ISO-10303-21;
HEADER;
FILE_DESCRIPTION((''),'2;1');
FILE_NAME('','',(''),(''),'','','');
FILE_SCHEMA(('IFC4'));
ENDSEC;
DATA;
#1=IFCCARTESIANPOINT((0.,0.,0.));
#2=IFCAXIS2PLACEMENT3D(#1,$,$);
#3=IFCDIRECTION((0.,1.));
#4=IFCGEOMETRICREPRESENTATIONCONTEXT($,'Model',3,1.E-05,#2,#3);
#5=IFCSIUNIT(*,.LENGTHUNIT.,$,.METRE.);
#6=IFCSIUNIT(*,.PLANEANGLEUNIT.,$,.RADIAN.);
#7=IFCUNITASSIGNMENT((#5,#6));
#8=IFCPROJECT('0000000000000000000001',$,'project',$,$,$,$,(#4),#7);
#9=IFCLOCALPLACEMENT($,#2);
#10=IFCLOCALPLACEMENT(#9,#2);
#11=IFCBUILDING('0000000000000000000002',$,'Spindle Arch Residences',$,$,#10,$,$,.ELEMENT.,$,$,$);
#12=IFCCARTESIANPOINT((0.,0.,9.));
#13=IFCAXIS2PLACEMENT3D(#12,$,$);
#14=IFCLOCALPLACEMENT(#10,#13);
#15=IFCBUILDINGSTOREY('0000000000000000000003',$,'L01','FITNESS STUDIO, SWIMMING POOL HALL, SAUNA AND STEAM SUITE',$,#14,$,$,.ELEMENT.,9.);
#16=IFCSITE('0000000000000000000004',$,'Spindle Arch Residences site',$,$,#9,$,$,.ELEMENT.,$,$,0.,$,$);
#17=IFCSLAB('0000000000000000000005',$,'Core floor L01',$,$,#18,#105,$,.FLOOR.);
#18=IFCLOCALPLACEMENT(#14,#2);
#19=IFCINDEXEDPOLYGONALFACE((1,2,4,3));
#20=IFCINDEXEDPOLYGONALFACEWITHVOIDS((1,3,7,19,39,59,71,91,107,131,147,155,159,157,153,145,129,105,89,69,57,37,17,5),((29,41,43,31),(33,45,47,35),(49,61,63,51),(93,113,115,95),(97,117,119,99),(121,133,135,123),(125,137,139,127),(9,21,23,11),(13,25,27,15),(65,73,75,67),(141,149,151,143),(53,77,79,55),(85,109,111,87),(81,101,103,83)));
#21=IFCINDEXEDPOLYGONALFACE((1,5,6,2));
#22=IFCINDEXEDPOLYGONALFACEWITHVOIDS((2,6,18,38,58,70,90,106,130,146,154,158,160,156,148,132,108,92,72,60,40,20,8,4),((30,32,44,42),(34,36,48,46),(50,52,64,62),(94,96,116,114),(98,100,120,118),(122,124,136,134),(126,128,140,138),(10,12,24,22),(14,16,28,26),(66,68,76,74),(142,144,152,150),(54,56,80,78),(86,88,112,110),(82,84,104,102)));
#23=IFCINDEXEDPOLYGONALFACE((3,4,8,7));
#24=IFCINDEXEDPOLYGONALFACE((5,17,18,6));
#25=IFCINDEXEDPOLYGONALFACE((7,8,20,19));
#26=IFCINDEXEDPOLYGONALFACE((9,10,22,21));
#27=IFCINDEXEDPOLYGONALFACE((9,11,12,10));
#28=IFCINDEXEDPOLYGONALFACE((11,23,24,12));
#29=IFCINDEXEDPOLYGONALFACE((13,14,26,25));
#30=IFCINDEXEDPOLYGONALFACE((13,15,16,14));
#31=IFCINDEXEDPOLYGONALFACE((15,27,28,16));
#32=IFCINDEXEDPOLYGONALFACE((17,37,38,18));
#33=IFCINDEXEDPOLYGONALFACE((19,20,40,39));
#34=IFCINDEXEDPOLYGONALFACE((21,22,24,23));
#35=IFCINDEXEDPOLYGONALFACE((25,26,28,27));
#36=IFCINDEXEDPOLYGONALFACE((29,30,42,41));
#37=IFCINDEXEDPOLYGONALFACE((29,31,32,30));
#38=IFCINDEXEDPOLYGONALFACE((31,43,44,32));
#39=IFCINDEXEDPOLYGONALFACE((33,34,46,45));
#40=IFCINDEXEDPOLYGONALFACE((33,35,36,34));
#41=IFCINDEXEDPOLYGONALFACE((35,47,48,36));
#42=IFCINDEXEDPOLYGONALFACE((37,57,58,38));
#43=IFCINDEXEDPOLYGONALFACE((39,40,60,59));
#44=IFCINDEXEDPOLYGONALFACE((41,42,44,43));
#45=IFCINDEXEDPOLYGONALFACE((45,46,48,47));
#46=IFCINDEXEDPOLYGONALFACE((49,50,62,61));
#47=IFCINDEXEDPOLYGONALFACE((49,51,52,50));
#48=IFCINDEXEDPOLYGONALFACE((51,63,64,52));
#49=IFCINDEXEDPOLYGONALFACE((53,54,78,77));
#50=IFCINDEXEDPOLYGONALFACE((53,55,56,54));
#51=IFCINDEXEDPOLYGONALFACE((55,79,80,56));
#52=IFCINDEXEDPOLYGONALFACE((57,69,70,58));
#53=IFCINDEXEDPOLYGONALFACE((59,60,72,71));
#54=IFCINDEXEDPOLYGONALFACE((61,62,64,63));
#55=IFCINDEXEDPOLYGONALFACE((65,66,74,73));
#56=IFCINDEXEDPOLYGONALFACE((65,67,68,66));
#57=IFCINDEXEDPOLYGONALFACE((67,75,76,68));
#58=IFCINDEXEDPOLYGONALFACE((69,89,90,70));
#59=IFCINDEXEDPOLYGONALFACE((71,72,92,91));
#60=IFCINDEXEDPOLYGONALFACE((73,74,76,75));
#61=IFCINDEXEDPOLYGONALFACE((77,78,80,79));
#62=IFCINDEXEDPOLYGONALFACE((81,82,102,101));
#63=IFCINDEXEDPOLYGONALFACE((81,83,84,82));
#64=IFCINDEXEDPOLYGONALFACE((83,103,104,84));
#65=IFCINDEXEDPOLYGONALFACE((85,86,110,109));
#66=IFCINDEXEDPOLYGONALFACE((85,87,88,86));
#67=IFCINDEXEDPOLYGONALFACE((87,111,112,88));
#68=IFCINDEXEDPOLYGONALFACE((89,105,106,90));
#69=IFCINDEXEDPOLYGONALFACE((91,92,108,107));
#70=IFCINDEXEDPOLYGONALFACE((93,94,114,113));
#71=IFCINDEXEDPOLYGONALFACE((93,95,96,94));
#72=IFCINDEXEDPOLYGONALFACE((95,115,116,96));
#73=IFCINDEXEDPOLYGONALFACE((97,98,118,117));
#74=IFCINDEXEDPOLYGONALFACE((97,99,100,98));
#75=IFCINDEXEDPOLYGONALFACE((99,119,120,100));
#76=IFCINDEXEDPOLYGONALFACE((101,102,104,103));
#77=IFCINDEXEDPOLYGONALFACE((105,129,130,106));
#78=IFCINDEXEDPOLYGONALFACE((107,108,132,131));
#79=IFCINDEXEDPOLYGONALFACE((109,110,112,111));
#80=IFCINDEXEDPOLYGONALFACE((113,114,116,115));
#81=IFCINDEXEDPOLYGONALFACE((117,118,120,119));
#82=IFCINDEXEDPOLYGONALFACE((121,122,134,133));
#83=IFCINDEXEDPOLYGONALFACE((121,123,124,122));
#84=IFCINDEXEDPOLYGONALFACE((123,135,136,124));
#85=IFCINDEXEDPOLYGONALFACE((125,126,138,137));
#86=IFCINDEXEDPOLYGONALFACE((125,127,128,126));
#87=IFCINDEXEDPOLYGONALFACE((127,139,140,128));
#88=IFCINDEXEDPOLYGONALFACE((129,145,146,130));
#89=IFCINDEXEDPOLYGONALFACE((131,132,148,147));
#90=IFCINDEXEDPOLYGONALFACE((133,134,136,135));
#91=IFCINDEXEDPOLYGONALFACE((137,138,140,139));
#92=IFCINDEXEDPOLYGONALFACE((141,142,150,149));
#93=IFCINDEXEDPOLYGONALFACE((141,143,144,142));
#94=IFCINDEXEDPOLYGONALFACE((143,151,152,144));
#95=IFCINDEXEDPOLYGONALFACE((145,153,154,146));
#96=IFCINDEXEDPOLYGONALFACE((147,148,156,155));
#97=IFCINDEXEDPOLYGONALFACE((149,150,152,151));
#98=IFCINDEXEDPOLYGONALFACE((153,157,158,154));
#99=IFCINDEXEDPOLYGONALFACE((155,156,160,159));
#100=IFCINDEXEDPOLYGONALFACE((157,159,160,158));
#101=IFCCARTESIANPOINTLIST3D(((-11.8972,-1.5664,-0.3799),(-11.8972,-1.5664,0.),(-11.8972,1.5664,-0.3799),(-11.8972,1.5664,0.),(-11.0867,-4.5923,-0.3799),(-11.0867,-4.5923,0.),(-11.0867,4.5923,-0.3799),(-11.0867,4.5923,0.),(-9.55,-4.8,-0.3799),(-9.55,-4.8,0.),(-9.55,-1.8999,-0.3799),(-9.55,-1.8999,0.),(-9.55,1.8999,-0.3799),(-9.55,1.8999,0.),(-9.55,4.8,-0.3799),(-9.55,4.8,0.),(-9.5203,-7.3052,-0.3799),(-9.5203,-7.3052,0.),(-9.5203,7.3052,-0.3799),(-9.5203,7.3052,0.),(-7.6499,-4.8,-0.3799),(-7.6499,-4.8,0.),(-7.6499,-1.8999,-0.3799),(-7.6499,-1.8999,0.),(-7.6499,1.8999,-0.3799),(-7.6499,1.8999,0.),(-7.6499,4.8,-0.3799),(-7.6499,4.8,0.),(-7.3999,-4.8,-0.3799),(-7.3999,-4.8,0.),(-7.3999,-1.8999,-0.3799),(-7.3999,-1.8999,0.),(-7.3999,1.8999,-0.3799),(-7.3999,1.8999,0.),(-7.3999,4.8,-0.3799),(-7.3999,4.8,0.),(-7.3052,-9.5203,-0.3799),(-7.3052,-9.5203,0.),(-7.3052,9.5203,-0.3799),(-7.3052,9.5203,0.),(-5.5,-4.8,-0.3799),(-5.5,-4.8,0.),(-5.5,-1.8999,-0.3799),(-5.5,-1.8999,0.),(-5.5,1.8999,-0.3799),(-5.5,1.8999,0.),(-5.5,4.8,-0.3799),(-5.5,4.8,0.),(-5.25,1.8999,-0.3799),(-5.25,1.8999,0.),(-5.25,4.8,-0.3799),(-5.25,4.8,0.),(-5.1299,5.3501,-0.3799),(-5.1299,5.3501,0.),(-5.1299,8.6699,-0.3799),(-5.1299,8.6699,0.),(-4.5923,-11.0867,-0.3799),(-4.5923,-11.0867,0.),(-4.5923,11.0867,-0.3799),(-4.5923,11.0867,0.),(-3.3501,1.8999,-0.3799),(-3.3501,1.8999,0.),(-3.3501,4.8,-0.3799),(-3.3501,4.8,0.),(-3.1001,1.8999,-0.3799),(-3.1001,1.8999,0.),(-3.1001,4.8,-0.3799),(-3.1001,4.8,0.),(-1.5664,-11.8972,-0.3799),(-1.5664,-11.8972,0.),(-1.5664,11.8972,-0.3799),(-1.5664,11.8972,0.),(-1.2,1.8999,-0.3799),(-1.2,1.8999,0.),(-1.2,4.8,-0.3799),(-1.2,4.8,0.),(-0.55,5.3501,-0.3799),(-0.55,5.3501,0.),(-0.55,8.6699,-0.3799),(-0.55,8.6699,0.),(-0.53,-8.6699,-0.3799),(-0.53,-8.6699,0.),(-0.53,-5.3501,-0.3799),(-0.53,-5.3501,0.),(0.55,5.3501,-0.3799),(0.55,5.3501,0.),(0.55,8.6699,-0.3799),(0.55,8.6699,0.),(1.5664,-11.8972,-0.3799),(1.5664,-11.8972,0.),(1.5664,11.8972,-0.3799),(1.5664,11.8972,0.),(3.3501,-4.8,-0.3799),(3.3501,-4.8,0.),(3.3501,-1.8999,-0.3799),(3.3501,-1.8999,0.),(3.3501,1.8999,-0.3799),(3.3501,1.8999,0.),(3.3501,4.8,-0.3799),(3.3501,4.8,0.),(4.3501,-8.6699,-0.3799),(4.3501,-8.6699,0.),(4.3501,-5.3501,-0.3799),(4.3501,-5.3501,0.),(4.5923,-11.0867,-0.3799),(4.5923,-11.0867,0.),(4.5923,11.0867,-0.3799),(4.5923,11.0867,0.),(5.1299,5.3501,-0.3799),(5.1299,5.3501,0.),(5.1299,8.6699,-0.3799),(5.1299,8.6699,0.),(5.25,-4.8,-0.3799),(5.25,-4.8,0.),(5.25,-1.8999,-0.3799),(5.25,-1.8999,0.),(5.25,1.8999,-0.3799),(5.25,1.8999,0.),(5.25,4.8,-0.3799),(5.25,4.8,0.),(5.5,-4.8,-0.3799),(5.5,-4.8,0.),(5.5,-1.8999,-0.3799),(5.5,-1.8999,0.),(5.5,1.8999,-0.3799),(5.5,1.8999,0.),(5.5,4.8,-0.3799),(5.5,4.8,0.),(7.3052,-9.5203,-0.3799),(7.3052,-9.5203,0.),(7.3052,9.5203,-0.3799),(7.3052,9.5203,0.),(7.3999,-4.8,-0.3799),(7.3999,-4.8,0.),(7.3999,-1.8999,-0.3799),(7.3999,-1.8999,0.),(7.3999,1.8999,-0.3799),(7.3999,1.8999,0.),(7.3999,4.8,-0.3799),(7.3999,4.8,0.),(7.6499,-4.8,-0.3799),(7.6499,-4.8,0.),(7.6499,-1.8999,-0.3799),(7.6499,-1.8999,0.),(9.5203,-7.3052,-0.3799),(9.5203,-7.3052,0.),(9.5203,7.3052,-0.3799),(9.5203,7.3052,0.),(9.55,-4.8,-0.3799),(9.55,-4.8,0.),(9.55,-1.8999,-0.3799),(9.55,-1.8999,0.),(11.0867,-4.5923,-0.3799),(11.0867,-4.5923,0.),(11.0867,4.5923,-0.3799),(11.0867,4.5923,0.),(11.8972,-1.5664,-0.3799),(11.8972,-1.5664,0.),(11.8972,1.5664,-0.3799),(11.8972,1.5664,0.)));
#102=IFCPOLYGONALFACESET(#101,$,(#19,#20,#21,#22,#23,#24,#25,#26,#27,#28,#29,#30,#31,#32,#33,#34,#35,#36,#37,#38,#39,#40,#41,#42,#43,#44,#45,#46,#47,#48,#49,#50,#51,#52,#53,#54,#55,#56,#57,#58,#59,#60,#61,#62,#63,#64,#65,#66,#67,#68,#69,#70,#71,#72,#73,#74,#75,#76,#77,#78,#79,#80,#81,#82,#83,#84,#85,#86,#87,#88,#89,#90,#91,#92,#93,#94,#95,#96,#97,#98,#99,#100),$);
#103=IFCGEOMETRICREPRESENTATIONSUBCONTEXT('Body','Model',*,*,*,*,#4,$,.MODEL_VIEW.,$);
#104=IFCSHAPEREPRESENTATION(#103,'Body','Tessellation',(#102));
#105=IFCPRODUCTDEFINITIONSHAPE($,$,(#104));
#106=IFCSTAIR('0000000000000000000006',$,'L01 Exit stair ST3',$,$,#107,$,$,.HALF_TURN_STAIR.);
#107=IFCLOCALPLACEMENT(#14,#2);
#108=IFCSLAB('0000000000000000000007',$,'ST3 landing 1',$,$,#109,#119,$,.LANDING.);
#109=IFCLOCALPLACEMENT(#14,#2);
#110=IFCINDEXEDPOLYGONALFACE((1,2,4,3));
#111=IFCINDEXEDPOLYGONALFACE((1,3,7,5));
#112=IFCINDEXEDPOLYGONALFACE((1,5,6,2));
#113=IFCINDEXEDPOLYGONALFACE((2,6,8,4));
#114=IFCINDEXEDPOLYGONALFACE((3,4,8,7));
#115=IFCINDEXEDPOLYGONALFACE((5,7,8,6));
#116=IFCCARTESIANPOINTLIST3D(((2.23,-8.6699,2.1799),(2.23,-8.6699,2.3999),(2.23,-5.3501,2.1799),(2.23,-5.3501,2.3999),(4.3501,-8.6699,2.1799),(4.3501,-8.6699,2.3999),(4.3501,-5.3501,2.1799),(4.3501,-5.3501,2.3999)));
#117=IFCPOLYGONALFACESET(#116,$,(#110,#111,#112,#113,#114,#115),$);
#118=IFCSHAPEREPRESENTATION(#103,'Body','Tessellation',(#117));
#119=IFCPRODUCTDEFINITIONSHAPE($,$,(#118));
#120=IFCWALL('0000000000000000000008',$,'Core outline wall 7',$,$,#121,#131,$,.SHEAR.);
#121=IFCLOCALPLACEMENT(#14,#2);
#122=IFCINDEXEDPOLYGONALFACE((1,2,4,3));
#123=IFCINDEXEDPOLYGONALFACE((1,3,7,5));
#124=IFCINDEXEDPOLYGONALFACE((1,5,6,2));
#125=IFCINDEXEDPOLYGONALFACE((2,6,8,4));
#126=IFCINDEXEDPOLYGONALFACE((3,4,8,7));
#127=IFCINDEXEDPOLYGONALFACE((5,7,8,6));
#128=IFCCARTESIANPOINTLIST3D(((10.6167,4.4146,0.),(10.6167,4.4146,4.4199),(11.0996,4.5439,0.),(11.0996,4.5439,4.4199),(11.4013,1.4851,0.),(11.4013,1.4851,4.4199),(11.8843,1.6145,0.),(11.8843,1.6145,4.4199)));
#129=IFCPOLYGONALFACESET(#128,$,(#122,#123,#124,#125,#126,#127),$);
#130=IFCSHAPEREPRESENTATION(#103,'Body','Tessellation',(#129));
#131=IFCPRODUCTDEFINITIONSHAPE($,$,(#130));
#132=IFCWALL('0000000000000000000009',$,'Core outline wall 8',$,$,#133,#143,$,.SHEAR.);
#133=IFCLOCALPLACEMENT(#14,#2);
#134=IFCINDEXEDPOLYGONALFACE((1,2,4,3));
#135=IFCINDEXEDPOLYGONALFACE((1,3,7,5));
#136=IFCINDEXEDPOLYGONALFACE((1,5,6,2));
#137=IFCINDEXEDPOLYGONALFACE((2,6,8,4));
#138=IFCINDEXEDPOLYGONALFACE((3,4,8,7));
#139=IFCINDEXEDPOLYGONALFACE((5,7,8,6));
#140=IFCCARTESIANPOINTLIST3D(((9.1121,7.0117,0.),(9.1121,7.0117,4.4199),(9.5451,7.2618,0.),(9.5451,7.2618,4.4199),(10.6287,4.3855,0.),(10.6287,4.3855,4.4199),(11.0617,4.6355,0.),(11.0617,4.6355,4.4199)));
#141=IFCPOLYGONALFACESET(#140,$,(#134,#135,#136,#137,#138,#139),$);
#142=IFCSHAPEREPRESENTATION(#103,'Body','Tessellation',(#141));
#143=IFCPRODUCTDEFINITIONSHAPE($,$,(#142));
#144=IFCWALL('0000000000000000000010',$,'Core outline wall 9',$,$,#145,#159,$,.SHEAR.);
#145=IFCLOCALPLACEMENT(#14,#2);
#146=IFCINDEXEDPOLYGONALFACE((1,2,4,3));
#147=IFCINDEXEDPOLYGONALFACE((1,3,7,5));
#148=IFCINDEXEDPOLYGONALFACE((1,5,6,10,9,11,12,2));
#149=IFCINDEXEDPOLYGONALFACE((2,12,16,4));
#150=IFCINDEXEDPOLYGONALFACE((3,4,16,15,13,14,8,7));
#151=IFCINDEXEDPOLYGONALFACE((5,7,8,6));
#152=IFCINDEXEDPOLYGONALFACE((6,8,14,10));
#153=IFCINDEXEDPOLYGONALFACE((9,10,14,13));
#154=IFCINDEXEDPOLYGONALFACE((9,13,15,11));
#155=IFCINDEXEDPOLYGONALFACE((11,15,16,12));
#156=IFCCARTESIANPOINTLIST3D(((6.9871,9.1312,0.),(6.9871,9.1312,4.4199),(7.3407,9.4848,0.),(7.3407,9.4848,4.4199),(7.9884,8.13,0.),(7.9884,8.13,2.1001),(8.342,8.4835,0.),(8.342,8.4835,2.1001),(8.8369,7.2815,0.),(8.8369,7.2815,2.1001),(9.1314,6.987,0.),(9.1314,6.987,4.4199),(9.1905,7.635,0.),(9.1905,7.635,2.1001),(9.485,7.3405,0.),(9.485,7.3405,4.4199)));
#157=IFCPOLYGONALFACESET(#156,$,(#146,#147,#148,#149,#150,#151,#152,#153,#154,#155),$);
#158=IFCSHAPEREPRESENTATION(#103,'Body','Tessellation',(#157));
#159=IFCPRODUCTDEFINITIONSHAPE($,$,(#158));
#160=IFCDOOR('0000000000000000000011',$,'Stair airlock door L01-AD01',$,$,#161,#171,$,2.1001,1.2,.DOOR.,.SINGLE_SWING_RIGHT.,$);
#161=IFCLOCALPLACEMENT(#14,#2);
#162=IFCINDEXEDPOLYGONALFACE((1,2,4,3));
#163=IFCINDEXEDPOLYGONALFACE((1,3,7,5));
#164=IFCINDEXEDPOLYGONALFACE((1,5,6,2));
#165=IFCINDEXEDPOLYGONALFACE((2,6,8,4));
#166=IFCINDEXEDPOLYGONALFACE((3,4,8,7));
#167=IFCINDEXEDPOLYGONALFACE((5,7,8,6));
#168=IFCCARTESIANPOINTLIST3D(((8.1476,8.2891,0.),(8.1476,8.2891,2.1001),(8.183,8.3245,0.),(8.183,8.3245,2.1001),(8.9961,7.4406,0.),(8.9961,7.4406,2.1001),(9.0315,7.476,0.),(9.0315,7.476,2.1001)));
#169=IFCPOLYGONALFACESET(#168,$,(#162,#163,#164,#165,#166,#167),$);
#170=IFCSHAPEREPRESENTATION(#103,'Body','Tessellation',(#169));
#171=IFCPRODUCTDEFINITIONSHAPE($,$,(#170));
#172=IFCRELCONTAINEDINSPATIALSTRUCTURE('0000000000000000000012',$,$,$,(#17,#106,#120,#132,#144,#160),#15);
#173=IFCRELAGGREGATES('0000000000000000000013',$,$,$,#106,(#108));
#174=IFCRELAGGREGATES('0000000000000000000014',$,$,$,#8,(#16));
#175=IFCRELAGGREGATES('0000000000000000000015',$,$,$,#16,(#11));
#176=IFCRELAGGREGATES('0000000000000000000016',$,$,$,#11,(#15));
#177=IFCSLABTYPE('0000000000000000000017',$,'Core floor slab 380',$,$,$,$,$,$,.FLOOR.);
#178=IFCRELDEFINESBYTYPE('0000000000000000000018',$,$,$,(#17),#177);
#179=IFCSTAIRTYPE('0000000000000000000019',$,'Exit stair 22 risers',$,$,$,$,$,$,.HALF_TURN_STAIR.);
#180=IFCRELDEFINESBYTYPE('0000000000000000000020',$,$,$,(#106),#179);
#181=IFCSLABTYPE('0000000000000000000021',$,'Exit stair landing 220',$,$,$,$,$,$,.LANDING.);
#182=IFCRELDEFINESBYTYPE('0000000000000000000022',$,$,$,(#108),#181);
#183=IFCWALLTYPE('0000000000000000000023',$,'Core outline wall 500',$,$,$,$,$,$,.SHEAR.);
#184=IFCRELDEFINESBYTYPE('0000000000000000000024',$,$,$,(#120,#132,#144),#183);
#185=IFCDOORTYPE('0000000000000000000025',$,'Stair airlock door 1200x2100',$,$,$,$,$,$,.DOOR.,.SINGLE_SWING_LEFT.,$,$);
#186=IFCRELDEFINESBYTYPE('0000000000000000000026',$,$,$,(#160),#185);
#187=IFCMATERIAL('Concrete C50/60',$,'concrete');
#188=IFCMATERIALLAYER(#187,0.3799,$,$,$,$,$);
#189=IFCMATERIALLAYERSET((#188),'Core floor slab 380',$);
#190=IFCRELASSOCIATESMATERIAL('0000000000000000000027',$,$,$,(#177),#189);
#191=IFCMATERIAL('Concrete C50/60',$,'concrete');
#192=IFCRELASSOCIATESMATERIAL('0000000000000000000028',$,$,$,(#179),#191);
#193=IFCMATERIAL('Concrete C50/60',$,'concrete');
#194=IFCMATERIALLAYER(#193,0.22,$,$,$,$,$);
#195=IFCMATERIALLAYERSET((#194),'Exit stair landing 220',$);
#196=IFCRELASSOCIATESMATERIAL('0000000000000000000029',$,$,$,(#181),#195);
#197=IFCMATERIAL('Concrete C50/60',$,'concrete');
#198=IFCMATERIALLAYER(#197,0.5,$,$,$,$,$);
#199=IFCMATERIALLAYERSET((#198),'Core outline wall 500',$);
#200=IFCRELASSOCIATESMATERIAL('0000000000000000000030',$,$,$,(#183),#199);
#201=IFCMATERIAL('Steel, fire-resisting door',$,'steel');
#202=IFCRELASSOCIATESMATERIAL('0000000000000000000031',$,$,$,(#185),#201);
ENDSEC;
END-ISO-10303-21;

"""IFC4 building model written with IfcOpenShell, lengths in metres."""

from ifc_helpers import new_model, si_unit, direction, frame, frame_2d, origin, place, context, subcontext, project, spatial, polyline, rectangle, outline, extrude, material, layer, layer_set, type_object, element, fill, aggregate, save


model = new_model("IFC4")

# Units and contexts
model_context = context("Model", 3, precision=1e-05, world=origin(), true_north=direction((0.0, 1.0)))
body_context = subcontext(model_context, "Body", "Model", "MODEL_VIEW")
ifc_project = project(units=[si_unit("LENGTHUNIT", "METRE"), si_unit("PLANEANGLEUNIT", "RADIAN")], contexts=[model_context])

# Site, building, storey
site_placement = place(None, origin())
site = spatial("IfcSite", under=ifc_project, at=site_placement, Name="Spindle Arch Residences site", CompositionType="ELEMENT", RefElevation=0.0)
building_placement = place(site_placement, origin())
building = spatial("IfcBuilding", under=site, at=building_placement, Name="Spindle Arch Residences", CompositionType="ELEMENT")
storey_placement = place(building_placement, frame((0.0, 0.0, 9.0)))
storey = spatial("IfcBuildingStorey", under=building, at=storey_placement, Name="L01", Description="FITNESS STUDIO, SWIMMING POOL HALL, SAUNA AND STEAM SUITE", CompositionType="ELEMENT", Elevation=9.0)

# Slab
ifc_material_1 = material(Name="Concrete C50/60", Category="concrete")
ifc_layer_1 = layer(ifc_material_1, 0.3799)
ifc_layer_set_1 = layer_set([ifc_layer_1], Name="Core floor slab 380")
slab_type_1 = type_object("IfcSlabType", Name="Core floor slab 380", PredefinedType="FLOOR", material=ifc_layer_set_1)
slab_1_placement = place(storey_placement, frame((0.0, 0.0, -0.3799)))
element("IfcSlab", 1, at=slab_1_placement, inside=storey, type_object=slab_type_1, Name="Core floor L01", PredefinedType="FLOOR", context=body_context, shape_type="SweptSolid", body=[
    extrude(outline(polyline([(1.5664, -11.8972), (4.5923, -11.0867), (7.3052, -9.5203), (9.5203, -7.3052), (11.0867, -4.5923), (11.8972, -1.5664), (11.8972, 1.5664), (11.0867, 4.5923), (9.5203, 7.3052), (7.3052, 9.5203), (4.5923, 11.0867), (1.5664, 11.8972), (-1.5664, 11.8972), (-4.5923, 11.0867), (-7.3052, 9.5203), (-9.5203, 7.3052), (-11.0867, 4.5923), (-11.8972, 1.5664), (-11.8972, -1.5664), (-11.0867, -4.5923), (-9.5203, -7.3052), (-7.3052, -9.5203), (-4.5923, -11.0867), (-1.5664, -11.8972), (1.5664, -11.8972)]), holes=[polyline([(-9.55, 1.8999), (-7.6499, 1.8999), (-7.6499, 4.8), (-9.55, 4.8), (-9.55, 1.8999)]), polyline([(-7.3999, 1.8999), (-5.5, 1.8999), (-5.5, 4.8), (-7.3999, 4.8), (-7.3999, 1.8999)]), polyline([(-5.25, 1.8999), (-3.3501, 1.8999), (-3.3501, 4.8), (-5.25, 4.8), (-5.25, 1.8999)]), polyline([(-3.1001, 1.8999), (-1.2, 1.8999), (-1.2, 4.8), (-3.1001, 4.8), (-3.1001, 1.8999)]), polyline([(3.3501, 1.8999), (5.25, 1.8999), (5.25, 4.8), (3.3501, 4.8), (3.3501, 1.8999)]), polyline([(5.5, 1.8999), (7.3999, 1.8999), (7.3999, 4.8), (5.5, 4.8), (5.5, 1.8999)]), polyline([(-9.55, -4.8), (-7.6499, -4.8), (-7.6499, -1.8999), (-9.55, -1.8999), (-9.55, -4.8)]), polyline([(-7.3999, -4.8), (-5.5, -4.8), (-5.5, -1.8999), (-7.3999, -1.8999), (-7.3999, -4.8)]), polyline([(3.3501, -4.8), (5.25, -4.8), (5.25, -1.8999), (3.3501, -1.8999), (3.3501, -4.8)]), polyline([(5.5, -4.8), (7.3999, -4.8), (7.3999, -1.8999), (5.5, -1.8999), (5.5, -4.8)]), polyline([(7.6499, -4.8), (9.55, -4.8), (9.55, -1.8999), (7.6499, -1.8999), (7.6499, -4.8)]), polyline([(5.1299, 8.6699), (0.55, 8.6699), (0.55, 5.3501), (5.1299, 5.3501), (5.1299, 8.6699)]), polyline([(-5.1299, 5.3501), (-0.55, 5.3501), (-0.55, 8.6699), (-5.1299, 8.6699), (-5.1299, 5.3501)]), polyline([(-0.53, -8.6699), (4.3501, -8.6699), (4.3501, -5.3501), (-0.53, -5.3501), (-0.53, -8.6699)])]), origin(), (0.0, 0.0, 1.0), 0.3799),
])

# Stair, slab
ifc_material_2 = material(Name="Concrete C50/60", Category="concrete")
stair_type = type_object("IfcStairType", Name="Exit stair 22 risers", PredefinedType="HALF_TURN_STAIR", material=ifc_material_2)
stair_1_placement = place(storey_placement, origin())
stair_1 = element("IfcStair", 2, at=stair_1_placement, inside=storey, type_object=stair_type, Name="L01 Exit stair ST3", PredefinedType="HALF_TURN_STAIR")
ifc_material_3 = material(Name="Concrete C50/60", Category="concrete")
ifc_layer_2 = layer(ifc_material_3, 0.22)
ifc_layer_set_2 = layer_set([ifc_layer_2], Name="Exit stair landing 220")
slab_type_2 = type_object("IfcSlabType", Name="Exit stair landing 220", PredefinedType="LANDING", material=ifc_layer_set_2)
slab_2_placement = place(storey_placement, frame((0.0, 0.0, 2.1799)))
slab_2 = element("IfcSlab", 3, at=slab_2_placement, type_object=slab_type_2, Name="ST3 landing 1", PredefinedType="LANDING", context=body_context, shape_type="SweptSolid", body=[
    extrude(outline(polyline([(2.23, -8.6699), (4.3501, -8.6699), (4.3501, -5.3501), (2.23, -5.3501), (2.23, -8.6699)])), origin(), (0.0, 0.0, 1.0), 0.22),
])
aggregate(stair_1, [slab_2])

# Walls
ifc_material_4 = material(Name="Concrete C50/60", Category="concrete")
ifc_layer_3 = layer(ifc_material_4, 0.5)
ifc_layer_set_3 = layer_set([ifc_layer_3], Name="Core outline wall 500")
wall_type_1 = type_object("IfcWallType", Name="Core outline wall 500", PredefinedType="SHEAR", material=ifc_layer_set_3)
for number, where, z_axis, x_axis, name in (
    (4, (11.6428, 1.5498, 0.0), (0.0, 0.0, 1.0), (-0.258735, 0.965948, 0.0), "Core outline wall 7"),
    (5, (10.8452, 4.5105, 0.0), (0.0, 0.0, 1.0), (-0.500087, 0.865975, 0.0), "Core outline wall 8"),
):
    element("IfcWall", number, at=place(storey_placement, frame(where, z_axis=z_axis, x_axis=x_axis)), inside=storey, type_object=wall_type_1, Name=name, PredefinedType="SHEAR", context=body_context, shape_type="SweptSolid", body=[
        extrude(rectangle(XDim=3.0327, YDim=0.5, at=frame_2d((1.5164, 0.0))), origin(), (0.0, 0.0, 1.0), 4.4199),
    ])

# Wall, opening, door
wall_1_placement = place(storey_placement, frame((9.3081, 7.1638, 0.0), z_axis=(0.0, 0.0, 1.0), x_axis=(-0.707107, 0.707107, 0.0)))
wall_1 = element("IfcWall", 6, at=wall_1_placement, inside=storey, type_object=wall_type_1, Name="Core outline wall 9", PredefinedType="SHEAR", context=body_context, shape_type="SweptSolid", body=[
    extrude(rectangle(XDim=3.0325, YDim=0.5, at=frame_2d((1.5161, 0.0))), origin(), (0.0, 0.0, 1.0), 4.4199),
])
opening_1_placement = place(wall_1_placement, frame((0.4163, 0.0, 0.0)))
opening_1 = element("IfcOpeningElement", 7, at=opening_1_placement, cuts=wall_1, PredefinedType="OPENING", context=body_context, shape_type="SweptSolid", body=[
    extrude(rectangle(XDim=1.2, YDim=2.1001, at=frame_2d((0.6001, 1.05))), frame((0.0, 0.26, 0.0), z_axis=(0.0, -1.0, 0.0), x_axis=(1.0, 0.0, 0.0)), (0.0, 0.0, 1.0), 0.52),
])
ifc_material_5 = material(Name="Steel, fire-resisting door", Category="steel")
door_type_1 = type_object("IfcDoorType", Name="Stair airlock door 1200x2100", OperationType="SINGLE_SWING_LEFT", PredefinedType="DOOR", material=ifc_material_5)
door_1_placement = place(opening_1_placement, origin())
door_1 = element("IfcDoor", 8, at=door_1_placement, inside=storey, type_object=door_type_1, Name="Stair airlock door L01-AD01", OperationType="SINGLE_SWING_RIGHT", OverallHeight=2.1001, OverallWidth=1.2, PredefinedType="DOOR", context=body_context, shape_type="SweptSolid", body=[
    extrude(rectangle(XDim=1.2, YDim=2.1001, at=frame_2d((0.6001, 1.05))), frame((0.0, 0.0249, 0.0), z_axis=(0.0, -1.0, 0.0), x_axis=(1.0, 0.0, 0.0)), (0.0, 0.0, 1.0), 0.05),
])
fill(opening_1, door_1)

save(model, "model.ifc")
